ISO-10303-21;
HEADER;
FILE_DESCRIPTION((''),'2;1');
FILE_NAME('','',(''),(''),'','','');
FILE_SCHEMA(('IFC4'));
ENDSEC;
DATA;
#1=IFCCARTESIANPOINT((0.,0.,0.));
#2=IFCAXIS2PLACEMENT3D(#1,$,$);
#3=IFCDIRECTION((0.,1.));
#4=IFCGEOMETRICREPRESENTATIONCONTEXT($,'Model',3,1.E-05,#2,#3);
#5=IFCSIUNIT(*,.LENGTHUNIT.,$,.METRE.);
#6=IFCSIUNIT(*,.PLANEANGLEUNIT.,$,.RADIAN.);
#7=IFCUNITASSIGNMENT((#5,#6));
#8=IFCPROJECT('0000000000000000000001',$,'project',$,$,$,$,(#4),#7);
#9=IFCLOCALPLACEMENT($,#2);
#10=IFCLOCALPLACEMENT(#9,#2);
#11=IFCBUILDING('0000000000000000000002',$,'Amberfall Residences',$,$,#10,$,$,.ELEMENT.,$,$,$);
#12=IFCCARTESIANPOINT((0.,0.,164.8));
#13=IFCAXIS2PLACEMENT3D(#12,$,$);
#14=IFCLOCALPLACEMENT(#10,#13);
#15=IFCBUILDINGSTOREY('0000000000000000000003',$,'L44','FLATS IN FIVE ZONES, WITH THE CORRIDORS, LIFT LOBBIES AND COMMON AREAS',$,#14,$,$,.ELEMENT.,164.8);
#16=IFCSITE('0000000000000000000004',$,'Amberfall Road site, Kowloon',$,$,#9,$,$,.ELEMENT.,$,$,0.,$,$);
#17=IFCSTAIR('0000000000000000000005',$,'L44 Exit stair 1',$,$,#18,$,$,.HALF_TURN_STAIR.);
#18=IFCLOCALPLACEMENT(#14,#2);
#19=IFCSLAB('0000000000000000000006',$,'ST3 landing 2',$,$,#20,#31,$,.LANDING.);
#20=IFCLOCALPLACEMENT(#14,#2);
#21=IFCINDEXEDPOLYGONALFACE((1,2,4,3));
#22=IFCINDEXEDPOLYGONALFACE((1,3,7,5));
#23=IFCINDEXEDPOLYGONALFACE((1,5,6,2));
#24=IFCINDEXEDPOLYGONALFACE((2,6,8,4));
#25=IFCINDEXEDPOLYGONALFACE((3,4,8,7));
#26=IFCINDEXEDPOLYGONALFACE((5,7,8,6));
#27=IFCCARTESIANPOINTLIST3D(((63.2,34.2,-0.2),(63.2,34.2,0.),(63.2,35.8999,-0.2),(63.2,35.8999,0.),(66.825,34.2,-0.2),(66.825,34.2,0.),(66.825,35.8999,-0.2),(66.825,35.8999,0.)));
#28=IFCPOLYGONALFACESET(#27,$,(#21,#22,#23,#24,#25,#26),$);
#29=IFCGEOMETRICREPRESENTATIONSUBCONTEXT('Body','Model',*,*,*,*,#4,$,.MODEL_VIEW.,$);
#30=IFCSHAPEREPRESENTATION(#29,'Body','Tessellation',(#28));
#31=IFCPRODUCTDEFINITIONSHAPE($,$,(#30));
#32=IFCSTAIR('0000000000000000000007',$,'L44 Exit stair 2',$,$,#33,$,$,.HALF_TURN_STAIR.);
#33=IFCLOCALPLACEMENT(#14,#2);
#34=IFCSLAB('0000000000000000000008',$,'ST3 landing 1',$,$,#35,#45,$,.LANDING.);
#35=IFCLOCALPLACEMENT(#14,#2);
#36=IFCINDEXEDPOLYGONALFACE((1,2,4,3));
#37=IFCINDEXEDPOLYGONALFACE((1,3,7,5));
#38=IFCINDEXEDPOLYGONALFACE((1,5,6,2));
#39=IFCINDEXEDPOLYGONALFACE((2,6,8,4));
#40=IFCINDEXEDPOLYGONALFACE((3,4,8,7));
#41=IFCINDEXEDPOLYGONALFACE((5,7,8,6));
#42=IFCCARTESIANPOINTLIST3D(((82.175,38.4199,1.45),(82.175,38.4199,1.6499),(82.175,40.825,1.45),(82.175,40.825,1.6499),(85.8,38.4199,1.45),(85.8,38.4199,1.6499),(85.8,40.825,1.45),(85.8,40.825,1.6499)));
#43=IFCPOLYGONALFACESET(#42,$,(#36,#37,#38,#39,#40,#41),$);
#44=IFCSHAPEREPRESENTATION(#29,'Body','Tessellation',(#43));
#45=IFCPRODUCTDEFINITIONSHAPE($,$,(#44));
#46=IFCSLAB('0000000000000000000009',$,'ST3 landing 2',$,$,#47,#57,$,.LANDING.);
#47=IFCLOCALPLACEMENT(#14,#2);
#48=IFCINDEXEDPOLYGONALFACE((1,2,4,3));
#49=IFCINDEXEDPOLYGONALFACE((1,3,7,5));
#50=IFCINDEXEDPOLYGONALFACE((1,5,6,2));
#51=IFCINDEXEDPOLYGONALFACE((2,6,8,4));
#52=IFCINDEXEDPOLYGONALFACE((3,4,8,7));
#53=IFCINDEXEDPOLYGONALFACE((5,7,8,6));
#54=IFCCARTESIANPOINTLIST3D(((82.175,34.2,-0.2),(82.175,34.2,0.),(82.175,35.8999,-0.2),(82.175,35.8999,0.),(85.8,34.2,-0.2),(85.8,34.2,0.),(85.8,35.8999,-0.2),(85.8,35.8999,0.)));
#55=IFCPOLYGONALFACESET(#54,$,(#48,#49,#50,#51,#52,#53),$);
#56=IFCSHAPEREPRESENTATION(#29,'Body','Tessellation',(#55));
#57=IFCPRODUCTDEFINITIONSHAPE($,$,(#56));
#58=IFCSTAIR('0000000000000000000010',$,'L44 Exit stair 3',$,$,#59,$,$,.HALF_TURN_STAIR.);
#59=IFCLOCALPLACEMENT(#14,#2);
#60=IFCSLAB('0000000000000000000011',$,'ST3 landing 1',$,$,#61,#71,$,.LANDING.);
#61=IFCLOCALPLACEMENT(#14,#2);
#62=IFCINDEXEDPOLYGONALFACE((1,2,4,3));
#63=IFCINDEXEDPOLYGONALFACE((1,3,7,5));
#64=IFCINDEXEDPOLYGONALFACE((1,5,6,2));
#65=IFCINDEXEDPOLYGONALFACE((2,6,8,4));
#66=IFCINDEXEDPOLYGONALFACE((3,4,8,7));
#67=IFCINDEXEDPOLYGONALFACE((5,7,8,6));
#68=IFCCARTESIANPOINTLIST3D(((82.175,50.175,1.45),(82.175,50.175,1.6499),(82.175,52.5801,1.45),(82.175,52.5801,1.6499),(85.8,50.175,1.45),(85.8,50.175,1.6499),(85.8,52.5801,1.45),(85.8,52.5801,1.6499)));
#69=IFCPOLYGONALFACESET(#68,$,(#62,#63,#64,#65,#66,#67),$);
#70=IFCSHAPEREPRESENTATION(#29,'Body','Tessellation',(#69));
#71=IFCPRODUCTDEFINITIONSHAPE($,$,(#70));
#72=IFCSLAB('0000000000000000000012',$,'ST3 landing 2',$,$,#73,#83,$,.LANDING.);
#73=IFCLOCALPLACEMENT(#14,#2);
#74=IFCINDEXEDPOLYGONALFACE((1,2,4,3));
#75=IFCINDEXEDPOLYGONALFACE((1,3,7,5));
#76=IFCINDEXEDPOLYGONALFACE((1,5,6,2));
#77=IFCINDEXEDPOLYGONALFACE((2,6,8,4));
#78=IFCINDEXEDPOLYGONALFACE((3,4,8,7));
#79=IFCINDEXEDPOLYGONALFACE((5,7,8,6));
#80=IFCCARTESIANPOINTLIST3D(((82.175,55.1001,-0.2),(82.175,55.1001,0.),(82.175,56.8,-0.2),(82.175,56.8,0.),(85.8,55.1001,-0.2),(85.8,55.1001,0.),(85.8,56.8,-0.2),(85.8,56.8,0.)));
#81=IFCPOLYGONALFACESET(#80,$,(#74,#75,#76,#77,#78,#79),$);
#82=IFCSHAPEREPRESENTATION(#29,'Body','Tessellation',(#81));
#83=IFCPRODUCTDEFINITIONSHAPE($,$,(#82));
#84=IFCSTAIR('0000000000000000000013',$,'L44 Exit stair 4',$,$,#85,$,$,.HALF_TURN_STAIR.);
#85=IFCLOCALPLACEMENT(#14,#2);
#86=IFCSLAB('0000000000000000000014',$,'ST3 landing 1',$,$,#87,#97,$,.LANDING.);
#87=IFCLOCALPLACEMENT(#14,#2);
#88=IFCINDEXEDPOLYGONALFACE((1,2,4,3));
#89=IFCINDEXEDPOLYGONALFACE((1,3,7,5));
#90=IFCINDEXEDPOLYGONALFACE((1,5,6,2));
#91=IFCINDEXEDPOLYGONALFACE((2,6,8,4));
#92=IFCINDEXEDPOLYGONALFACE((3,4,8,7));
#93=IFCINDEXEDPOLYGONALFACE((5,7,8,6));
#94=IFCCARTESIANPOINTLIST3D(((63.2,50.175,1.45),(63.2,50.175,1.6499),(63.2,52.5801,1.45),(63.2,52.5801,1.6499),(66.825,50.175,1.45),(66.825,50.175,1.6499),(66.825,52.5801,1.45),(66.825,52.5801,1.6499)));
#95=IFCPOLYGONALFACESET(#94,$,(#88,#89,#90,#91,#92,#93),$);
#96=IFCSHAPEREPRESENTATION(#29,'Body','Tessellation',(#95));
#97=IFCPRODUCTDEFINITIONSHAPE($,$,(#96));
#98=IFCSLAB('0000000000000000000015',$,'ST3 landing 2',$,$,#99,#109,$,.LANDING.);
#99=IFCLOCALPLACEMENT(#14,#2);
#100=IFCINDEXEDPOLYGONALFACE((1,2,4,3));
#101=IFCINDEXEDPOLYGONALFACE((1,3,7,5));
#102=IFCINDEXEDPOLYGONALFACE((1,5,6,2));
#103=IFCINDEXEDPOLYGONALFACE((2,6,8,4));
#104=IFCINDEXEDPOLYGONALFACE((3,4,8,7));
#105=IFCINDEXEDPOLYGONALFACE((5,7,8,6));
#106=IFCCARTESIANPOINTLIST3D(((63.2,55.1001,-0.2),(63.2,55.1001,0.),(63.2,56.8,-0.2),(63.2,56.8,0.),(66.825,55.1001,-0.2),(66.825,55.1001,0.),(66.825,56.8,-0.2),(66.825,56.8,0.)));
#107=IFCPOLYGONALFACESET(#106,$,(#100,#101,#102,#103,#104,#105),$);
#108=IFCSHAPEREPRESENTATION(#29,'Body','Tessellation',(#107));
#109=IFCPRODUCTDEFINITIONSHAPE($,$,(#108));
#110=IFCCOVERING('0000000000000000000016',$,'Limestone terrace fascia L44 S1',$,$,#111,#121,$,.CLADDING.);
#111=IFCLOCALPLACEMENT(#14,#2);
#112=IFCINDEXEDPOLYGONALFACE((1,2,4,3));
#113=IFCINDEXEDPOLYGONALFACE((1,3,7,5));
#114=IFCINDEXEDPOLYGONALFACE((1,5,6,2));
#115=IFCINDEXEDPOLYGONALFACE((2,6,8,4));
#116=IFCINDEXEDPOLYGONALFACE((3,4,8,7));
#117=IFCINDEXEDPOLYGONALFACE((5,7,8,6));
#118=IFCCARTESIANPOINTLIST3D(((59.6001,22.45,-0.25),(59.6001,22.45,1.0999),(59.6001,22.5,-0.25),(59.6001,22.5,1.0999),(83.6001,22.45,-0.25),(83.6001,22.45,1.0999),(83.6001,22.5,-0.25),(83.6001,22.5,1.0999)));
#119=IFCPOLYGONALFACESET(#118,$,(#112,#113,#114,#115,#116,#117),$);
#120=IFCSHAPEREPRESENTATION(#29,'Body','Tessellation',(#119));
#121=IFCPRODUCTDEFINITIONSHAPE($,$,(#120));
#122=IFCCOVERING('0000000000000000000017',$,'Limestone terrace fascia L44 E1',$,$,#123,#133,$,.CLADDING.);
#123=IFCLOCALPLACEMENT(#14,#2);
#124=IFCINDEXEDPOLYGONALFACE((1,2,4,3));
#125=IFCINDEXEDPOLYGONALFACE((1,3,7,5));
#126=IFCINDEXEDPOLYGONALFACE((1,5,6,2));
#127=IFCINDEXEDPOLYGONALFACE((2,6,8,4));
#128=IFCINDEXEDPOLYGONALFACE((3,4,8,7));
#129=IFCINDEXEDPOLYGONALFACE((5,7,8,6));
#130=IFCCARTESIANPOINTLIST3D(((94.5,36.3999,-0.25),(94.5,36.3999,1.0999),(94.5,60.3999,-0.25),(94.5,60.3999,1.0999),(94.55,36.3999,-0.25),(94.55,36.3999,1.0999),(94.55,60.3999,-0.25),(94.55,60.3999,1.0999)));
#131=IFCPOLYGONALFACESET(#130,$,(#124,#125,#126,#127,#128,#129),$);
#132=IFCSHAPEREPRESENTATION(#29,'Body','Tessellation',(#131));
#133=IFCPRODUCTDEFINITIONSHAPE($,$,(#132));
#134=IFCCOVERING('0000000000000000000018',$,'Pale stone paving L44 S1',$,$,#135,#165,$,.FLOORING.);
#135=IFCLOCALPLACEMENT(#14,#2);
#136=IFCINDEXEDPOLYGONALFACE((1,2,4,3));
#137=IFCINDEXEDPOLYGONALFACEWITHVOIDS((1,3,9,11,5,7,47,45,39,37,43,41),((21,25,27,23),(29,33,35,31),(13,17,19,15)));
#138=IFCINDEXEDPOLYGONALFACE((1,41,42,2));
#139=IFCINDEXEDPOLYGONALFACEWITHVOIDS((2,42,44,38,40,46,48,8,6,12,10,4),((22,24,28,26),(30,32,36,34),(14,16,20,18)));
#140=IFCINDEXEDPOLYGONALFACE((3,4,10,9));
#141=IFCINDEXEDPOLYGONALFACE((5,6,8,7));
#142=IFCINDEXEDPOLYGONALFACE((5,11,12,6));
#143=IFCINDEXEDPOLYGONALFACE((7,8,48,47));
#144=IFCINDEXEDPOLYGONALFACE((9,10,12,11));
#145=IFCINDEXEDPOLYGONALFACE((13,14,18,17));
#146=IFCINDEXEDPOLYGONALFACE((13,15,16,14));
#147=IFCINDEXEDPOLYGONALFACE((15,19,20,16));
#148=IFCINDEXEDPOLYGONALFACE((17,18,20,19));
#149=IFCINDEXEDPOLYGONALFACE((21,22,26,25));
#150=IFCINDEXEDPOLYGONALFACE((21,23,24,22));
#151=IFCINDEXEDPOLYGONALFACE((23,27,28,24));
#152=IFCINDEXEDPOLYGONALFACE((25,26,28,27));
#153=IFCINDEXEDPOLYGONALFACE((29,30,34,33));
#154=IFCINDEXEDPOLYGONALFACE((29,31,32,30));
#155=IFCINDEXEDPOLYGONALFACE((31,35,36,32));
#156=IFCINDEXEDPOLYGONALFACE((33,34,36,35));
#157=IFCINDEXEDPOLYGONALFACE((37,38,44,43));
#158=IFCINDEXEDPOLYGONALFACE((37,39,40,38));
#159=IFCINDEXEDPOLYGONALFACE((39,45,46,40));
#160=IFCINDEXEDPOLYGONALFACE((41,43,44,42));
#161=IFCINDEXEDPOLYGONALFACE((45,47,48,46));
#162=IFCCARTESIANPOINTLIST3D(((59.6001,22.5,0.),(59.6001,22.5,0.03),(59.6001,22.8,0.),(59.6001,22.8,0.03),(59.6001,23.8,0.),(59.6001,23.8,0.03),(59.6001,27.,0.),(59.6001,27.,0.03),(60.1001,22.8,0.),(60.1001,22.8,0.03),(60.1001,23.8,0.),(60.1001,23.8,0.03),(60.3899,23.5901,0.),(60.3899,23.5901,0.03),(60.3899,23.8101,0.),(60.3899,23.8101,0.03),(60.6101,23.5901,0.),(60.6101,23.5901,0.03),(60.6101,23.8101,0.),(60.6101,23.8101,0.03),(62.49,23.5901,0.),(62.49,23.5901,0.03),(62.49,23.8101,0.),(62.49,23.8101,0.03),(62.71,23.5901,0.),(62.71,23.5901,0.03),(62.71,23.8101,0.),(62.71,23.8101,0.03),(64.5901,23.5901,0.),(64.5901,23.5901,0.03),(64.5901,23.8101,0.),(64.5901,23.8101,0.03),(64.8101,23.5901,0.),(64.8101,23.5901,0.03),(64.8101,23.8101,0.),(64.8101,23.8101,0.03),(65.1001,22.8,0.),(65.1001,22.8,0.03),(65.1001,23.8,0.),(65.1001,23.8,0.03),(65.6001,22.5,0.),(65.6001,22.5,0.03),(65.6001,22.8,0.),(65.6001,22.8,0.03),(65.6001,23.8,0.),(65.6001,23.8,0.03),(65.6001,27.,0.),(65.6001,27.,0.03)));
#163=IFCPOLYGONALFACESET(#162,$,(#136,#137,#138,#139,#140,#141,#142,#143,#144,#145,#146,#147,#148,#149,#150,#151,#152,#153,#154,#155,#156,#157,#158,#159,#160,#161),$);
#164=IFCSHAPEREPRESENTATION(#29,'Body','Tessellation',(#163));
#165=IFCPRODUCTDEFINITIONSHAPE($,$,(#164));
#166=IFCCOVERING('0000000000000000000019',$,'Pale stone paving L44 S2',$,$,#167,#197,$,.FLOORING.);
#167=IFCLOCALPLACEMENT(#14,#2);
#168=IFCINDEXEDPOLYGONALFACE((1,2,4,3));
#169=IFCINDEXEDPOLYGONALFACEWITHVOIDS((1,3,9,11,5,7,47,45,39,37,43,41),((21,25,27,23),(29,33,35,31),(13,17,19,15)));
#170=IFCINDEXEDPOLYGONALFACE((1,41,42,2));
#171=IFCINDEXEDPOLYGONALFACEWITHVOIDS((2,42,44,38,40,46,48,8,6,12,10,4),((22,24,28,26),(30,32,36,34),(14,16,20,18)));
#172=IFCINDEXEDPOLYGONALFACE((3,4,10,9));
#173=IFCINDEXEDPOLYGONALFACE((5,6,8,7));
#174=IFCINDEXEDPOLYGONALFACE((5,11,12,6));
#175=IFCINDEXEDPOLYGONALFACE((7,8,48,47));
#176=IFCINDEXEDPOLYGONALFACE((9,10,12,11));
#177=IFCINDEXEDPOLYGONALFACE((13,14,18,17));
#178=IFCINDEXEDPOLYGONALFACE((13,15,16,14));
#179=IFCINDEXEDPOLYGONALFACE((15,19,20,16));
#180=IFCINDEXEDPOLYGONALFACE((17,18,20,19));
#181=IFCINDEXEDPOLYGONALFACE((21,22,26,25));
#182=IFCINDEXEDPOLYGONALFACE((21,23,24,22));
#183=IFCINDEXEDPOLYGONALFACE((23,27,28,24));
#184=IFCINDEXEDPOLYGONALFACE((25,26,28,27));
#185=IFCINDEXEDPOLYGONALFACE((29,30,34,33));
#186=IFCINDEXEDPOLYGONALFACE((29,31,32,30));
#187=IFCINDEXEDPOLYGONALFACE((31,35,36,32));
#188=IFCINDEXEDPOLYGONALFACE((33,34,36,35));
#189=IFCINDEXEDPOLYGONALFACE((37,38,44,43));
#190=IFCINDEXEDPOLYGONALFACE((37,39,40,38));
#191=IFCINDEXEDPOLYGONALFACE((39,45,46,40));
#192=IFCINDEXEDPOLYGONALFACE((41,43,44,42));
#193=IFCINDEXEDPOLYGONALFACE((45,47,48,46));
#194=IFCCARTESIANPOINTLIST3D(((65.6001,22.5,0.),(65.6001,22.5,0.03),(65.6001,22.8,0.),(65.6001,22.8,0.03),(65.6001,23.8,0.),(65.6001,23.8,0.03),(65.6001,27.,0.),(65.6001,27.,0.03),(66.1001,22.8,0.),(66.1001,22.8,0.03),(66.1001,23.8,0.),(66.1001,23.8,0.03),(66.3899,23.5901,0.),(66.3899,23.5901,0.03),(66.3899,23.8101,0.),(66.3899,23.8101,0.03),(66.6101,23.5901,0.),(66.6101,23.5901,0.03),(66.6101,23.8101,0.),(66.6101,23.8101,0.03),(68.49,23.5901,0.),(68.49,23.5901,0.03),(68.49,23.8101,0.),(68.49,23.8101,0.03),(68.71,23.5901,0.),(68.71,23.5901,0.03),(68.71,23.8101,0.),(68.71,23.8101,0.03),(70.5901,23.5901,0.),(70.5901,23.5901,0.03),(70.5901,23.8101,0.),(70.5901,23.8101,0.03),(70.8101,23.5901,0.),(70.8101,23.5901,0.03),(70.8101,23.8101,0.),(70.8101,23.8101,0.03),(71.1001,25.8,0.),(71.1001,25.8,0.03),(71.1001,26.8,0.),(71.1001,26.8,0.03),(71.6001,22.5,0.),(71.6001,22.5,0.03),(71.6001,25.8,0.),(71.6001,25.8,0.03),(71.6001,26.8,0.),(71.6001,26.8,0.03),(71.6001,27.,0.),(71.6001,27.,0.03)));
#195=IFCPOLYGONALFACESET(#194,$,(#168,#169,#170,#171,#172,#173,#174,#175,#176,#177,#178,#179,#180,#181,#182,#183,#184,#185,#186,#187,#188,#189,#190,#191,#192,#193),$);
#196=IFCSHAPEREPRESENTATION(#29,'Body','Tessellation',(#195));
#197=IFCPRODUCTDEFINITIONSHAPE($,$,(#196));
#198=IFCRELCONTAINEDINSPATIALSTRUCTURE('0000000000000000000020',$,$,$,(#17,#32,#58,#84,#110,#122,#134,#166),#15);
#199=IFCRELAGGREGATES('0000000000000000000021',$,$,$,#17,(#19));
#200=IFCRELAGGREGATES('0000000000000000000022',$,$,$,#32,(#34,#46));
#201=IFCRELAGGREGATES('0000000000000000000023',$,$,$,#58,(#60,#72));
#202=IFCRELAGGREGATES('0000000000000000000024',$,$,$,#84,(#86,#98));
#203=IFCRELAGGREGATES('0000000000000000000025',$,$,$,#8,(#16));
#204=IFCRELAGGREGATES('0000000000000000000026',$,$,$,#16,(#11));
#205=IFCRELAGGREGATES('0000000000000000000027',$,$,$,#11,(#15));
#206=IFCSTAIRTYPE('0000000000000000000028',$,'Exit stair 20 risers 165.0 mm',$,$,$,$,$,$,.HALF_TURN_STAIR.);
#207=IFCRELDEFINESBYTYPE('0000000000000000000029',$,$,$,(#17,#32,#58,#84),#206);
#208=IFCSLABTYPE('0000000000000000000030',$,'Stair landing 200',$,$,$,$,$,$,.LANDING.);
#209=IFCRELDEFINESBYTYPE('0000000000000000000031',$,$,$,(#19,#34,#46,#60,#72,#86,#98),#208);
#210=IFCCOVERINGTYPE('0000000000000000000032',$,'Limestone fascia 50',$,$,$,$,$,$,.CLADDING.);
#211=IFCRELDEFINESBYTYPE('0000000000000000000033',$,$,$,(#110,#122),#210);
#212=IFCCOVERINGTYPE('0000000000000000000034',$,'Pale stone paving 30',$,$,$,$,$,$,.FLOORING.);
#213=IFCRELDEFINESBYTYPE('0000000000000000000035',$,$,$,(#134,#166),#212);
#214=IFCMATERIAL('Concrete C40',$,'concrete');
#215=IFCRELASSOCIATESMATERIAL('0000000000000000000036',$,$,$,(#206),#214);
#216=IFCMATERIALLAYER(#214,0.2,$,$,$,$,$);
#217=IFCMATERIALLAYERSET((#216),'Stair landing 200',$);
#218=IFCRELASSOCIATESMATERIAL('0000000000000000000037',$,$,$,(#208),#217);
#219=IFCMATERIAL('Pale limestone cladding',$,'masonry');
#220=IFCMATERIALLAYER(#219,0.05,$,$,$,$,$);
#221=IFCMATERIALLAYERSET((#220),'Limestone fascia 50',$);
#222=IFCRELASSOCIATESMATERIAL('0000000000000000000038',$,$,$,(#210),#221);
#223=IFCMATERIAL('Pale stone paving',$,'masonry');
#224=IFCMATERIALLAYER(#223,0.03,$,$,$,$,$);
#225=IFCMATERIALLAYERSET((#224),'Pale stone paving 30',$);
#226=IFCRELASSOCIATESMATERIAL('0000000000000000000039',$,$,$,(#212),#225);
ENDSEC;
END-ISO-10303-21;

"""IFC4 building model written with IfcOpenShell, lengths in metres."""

from ifc_helpers import new_model, si_unit, direction, frame, origin, place, context, subcontext, project, spatial, polyline, outline, extrude, material, layer, layer_set, type_object, element, aggregate, save


model = new_model("IFC4")

# Units and contexts
model_context = context("Model", 3, precision=1e-05, world=origin(), true_north=direction((0.0, 1.0)))
body_context = subcontext(model_context, "Body", "Model", "MODEL_VIEW")
ifc_project = project(units=[si_unit("LENGTHUNIT", "METRE"), si_unit("PLANEANGLEUNIT", "RADIAN")], contexts=[model_context])

# Site, building, storey
site_placement = place(None, origin())
site = spatial("IfcSite", under=ifc_project, at=site_placement, Name="Amberfall Road site, Kowloon", CompositionType="ELEMENT", RefElevation=0.0)
building_placement = place(site_placement, origin())
building = spatial("IfcBuilding", under=site, at=building_placement, Name="Amberfall Residences", CompositionType="ELEMENT")
storey_placement = place(building_placement, frame((0.0, 0.0, 164.8)))
storey = spatial("IfcBuildingStorey", under=building, at=storey_placement, Name="L44", Description="FLATS IN FIVE ZONES, WITH THE CORRIDORS, LIFT LOBBIES AND COMMON AREAS", CompositionType="ELEMENT", Elevation=164.8)

# Stairs, slabs
ifc_material_1 = material(Name="Concrete C40", Category="concrete")
stair_type = type_object("IfcStairType", Name="Exit stair 20 risers 165.0 mm", PredefinedType="HALF_TURN_STAIR", material=ifc_material_1)
stair_1_placement = place(storey_placement, origin())
stair_1 = element("IfcStair", 1, at=stair_1_placement, inside=storey, type_object=stair_type, Name="L44 Exit stair 1", PredefinedType="HALF_TURN_STAIR")
ifc_layer_1 = layer(ifc_material_1, 0.2)
ifc_layer_set_1 = layer_set([ifc_layer_1], Name="Stair landing 200")
slab_type_1 = type_object("IfcSlabType", Name="Stair landing 200", PredefinedType="LANDING", material=ifc_layer_set_1)
slab_1_placement = place(storey_placement, frame((0.0, 0.0, -0.2)))
slab_1 = element("IfcSlab", 2, at=slab_1_placement, type_object=slab_type_1, Name="ST3 landing 2", PredefinedType="LANDING", context=body_context, shape_type="SweptSolid", body=[
    extrude(outline(polyline([(66.825, 34.2), (66.825, 35.8999), (63.2, 35.8999), (63.2, 34.2), (66.825, 34.2)])), origin(), (0.0, 0.0, 1.0), 0.2),
])
aggregate(stair_1, [slab_1])
stair_2_placement = place(storey_placement, origin())
stair_2 = element("IfcStair", 3, at=stair_2_placement, inside=storey, type_object=stair_type, Name="L44 Exit stair 2", PredefinedType="HALF_TURN_STAIR")
slab_2_placement = place(storey_placement, frame((0.0, 0.0, 1.45)))
slab_2 = element("IfcSlab", 4, at=slab_2_placement, type_object=slab_type_1, Name="ST3 landing 1", PredefinedType="LANDING", context=body_context, shape_type="SweptSolid", body=[
    extrude(outline(polyline([(85.8, 38.4199), (85.8, 40.825), (82.175, 40.825), (82.175, 38.4199), (85.8, 38.4199)])), origin(), (0.0, 0.0, 1.0), 0.2),
])
slab_3_placement = place(storey_placement, frame((0.0, 0.0, -0.2)))
slab_3 = element("IfcSlab", 5, at=slab_3_placement, type_object=slab_type_1, Name="ST3 landing 2", PredefinedType="LANDING", context=body_context, shape_type="SweptSolid", body=[
    extrude(outline(polyline([(85.8, 34.2), (85.8, 35.8999), (82.175, 35.8999), (82.175, 34.2), (85.8, 34.2)])), origin(), (0.0, 0.0, 1.0), 0.2),
])
aggregate(stair_2, [slab_2, slab_3])
stair_3_placement = place(storey_placement, origin())
stair_3 = element("IfcStair", 6, at=stair_3_placement, inside=storey, type_object=stair_type, Name="L44 Exit stair 3", PredefinedType="HALF_TURN_STAIR")
slab_4_placement = place(storey_placement, frame((0.0, 0.0, 1.45)))
slab_4 = element("IfcSlab", 7, at=slab_4_placement, type_object=slab_type_1, Name="ST3 landing 1", PredefinedType="LANDING", context=body_context, shape_type="SweptSolid", body=[
    extrude(outline(polyline([(82.175, 52.5801), (82.175, 50.175), (85.8, 50.175), (85.8, 52.5801), (82.175, 52.5801)])), origin(), (0.0, 0.0, 1.0), 0.2),
])
slab_5_placement = place(storey_placement, frame((0.0, 0.0, -0.2)))
slab_5 = element("IfcSlab", 8, at=slab_5_placement, type_object=slab_type_1, Name="ST3 landing 2", PredefinedType="LANDING", context=body_context, shape_type="SweptSolid", body=[
    extrude(outline(polyline([(82.175, 56.8), (82.175, 55.1001), (85.8, 55.1001), (85.8, 56.8), (82.175, 56.8)])), origin(), (0.0, 0.0, 1.0), 0.2),
])
aggregate(stair_3, [slab_4, slab_5])
stair_4_placement = place(storey_placement, origin())
stair_4 = element("IfcStair", 9, at=stair_4_placement, inside=storey, type_object=stair_type, Name="L44 Exit stair 4", PredefinedType="HALF_TURN_STAIR")
slab_6_placement = place(storey_placement, frame((0.0, 0.0, 1.45)))
slab_6 = element("IfcSlab", 10, at=slab_6_placement, type_object=slab_type_1, Name="ST3 landing 1", PredefinedType="LANDING", context=body_context, shape_type="SweptSolid", body=[
    extrude(outline(polyline([(63.2, 52.5801), (63.2, 50.175), (66.825, 50.175), (66.825, 52.5801), (63.2, 52.5801)])), origin(), (0.0, 0.0, 1.0), 0.2),
])
slab_7_placement = place(storey_placement, frame((0.0, 0.0, -0.2)))
slab_7 = element("IfcSlab", 11, at=slab_7_placement, type_object=slab_type_1, Name="ST3 landing 2", PredefinedType="LANDING", context=body_context, shape_type="SweptSolid", body=[
    extrude(outline(polyline([(63.2, 56.8), (63.2, 55.1001), (66.825, 55.1001), (66.825, 56.8), (63.2, 56.8)])), origin(), (0.0, 0.0, 1.0), 0.2),
])
aggregate(stair_4, [slab_6, slab_7])

# Coverings
ifc_material_2 = material(Name="Pale limestone cladding", Category="masonry")
ifc_layer_2 = layer(ifc_material_2, 0.05)
ifc_layer_set_2 = layer_set([ifc_layer_2], Name="Limestone fascia 50")
covering_type_1 = type_object("IfcCoveringType", Name="Limestone fascia 50", PredefinedType="CLADDING", material=ifc_layer_set_2)
covering_1_placement = place(storey_placement, frame((0.0, 0.0, -0.25)))
element("IfcCovering", 12, at=covering_1_placement, inside=storey, type_object=covering_type_1, Name="Limestone terrace fascia L44 S1", PredefinedType="CLADDING", context=body_context, shape_type="SweptSolid", body=[
    extrude(outline(polyline([(59.6001, 22.5), (83.6001, 22.5), (83.6001, 22.45), (59.6001, 22.45), (59.6001, 22.5)])), origin(), (0.0, 0.0, 1.0), 1.3499),
])
covering_2_placement = place(storey_placement, frame((0.0, 0.0, -0.25)))
element("IfcCovering", 13, at=covering_2_placement, inside=storey, type_object=covering_type_1, Name="Limestone terrace fascia L44 E1", PredefinedType="CLADDING", context=body_context, shape_type="SweptSolid", body=[
    extrude(outline(polyline([(94.5, 36.3999), (94.5, 60.3999), (94.55, 60.3999), (94.55, 36.3999), (94.5, 36.3999)])), origin(), (0.0, 0.0, 1.0), 1.3499),
])
ifc_material_3 = material(Name="Pale stone paving", Category="masonry")
ifc_layer_3 = layer(ifc_material_3, 0.03)
ifc_layer_set_3 = layer_set([ifc_layer_3], Name="Pale stone paving 30")
covering_type_2 = type_object("IfcCoveringType", Name="Pale stone paving 30", PredefinedType="FLOORING", material=ifc_layer_set_3)
covering_3_placement = place(storey_placement, origin())
element("IfcCovering", 14, at=covering_3_placement, inside=storey, type_object=covering_type_2, Name="Pale stone paving L44 S1", PredefinedType="FLOORING", context=body_context, shape_type="SweptSolid", body=[
    extrude(outline(polyline([(65.6001, 22.5), (65.6001, 22.8), (65.1001, 22.8), (65.1001, 23.8), (65.6001, 23.8), (65.6001, 27.0), (59.6001, 27.0), (59.6001, 23.8), (60.1001, 23.8), (60.1001, 22.8), (59.6001, 22.8), (59.6001, 22.5), (65.6001, 22.5)]), holes=[polyline([(60.3899, 23.5901), (60.6101, 23.5901), (60.6101, 23.8101), (60.3899, 23.8101), (60.3899, 23.5901)]), polyline([(62.49, 23.5901), (62.71, 23.5901), (62.71, 23.8101), (62.49, 23.8101), (62.49, 23.5901)]), polyline([(64.5901, 23.5901), (64.8101, 23.5901), (64.8101, 23.8101), (64.5901, 23.8101), (64.5901, 23.5901)])]), origin(), (0.0, 0.0, 1.0), 0.03),
])
covering_4_placement = place(storey_placement, origin())
element("IfcCovering", 15, at=covering_4_placement, inside=storey, type_object=covering_type_2, Name="Pale stone paving L44 S2", PredefinedType="FLOORING", context=body_context, shape_type="SweptSolid", body=[
    extrude(outline(polyline([(71.6001, 22.5), (71.6001, 25.8), (71.1001, 25.8), (71.1001, 26.8), (71.6001, 26.8), (71.6001, 27.0), (65.6001, 27.0), (65.6001, 23.8), (66.1001, 23.8), (66.1001, 22.8), (65.6001, 22.8), (65.6001, 22.5), (71.6001, 22.5)]), holes=[polyline([(66.3899, 23.5901), (66.6101, 23.5901), (66.6101, 23.8101), (66.3899, 23.8101), (66.3899, 23.5901)]), polyline([(68.49, 23.5901), (68.71, 23.5901), (68.71, 23.8101), (68.49, 23.8101), (68.49, 23.5901)]), polyline([(70.5901, 23.5901), (70.8101, 23.5901), (70.8101, 23.8101), (70.5901, 23.8101), (70.5901, 23.5901)])]), origin(), (0.0, 0.0, 1.0), 0.03),
])

save(model, "model.ifc")
